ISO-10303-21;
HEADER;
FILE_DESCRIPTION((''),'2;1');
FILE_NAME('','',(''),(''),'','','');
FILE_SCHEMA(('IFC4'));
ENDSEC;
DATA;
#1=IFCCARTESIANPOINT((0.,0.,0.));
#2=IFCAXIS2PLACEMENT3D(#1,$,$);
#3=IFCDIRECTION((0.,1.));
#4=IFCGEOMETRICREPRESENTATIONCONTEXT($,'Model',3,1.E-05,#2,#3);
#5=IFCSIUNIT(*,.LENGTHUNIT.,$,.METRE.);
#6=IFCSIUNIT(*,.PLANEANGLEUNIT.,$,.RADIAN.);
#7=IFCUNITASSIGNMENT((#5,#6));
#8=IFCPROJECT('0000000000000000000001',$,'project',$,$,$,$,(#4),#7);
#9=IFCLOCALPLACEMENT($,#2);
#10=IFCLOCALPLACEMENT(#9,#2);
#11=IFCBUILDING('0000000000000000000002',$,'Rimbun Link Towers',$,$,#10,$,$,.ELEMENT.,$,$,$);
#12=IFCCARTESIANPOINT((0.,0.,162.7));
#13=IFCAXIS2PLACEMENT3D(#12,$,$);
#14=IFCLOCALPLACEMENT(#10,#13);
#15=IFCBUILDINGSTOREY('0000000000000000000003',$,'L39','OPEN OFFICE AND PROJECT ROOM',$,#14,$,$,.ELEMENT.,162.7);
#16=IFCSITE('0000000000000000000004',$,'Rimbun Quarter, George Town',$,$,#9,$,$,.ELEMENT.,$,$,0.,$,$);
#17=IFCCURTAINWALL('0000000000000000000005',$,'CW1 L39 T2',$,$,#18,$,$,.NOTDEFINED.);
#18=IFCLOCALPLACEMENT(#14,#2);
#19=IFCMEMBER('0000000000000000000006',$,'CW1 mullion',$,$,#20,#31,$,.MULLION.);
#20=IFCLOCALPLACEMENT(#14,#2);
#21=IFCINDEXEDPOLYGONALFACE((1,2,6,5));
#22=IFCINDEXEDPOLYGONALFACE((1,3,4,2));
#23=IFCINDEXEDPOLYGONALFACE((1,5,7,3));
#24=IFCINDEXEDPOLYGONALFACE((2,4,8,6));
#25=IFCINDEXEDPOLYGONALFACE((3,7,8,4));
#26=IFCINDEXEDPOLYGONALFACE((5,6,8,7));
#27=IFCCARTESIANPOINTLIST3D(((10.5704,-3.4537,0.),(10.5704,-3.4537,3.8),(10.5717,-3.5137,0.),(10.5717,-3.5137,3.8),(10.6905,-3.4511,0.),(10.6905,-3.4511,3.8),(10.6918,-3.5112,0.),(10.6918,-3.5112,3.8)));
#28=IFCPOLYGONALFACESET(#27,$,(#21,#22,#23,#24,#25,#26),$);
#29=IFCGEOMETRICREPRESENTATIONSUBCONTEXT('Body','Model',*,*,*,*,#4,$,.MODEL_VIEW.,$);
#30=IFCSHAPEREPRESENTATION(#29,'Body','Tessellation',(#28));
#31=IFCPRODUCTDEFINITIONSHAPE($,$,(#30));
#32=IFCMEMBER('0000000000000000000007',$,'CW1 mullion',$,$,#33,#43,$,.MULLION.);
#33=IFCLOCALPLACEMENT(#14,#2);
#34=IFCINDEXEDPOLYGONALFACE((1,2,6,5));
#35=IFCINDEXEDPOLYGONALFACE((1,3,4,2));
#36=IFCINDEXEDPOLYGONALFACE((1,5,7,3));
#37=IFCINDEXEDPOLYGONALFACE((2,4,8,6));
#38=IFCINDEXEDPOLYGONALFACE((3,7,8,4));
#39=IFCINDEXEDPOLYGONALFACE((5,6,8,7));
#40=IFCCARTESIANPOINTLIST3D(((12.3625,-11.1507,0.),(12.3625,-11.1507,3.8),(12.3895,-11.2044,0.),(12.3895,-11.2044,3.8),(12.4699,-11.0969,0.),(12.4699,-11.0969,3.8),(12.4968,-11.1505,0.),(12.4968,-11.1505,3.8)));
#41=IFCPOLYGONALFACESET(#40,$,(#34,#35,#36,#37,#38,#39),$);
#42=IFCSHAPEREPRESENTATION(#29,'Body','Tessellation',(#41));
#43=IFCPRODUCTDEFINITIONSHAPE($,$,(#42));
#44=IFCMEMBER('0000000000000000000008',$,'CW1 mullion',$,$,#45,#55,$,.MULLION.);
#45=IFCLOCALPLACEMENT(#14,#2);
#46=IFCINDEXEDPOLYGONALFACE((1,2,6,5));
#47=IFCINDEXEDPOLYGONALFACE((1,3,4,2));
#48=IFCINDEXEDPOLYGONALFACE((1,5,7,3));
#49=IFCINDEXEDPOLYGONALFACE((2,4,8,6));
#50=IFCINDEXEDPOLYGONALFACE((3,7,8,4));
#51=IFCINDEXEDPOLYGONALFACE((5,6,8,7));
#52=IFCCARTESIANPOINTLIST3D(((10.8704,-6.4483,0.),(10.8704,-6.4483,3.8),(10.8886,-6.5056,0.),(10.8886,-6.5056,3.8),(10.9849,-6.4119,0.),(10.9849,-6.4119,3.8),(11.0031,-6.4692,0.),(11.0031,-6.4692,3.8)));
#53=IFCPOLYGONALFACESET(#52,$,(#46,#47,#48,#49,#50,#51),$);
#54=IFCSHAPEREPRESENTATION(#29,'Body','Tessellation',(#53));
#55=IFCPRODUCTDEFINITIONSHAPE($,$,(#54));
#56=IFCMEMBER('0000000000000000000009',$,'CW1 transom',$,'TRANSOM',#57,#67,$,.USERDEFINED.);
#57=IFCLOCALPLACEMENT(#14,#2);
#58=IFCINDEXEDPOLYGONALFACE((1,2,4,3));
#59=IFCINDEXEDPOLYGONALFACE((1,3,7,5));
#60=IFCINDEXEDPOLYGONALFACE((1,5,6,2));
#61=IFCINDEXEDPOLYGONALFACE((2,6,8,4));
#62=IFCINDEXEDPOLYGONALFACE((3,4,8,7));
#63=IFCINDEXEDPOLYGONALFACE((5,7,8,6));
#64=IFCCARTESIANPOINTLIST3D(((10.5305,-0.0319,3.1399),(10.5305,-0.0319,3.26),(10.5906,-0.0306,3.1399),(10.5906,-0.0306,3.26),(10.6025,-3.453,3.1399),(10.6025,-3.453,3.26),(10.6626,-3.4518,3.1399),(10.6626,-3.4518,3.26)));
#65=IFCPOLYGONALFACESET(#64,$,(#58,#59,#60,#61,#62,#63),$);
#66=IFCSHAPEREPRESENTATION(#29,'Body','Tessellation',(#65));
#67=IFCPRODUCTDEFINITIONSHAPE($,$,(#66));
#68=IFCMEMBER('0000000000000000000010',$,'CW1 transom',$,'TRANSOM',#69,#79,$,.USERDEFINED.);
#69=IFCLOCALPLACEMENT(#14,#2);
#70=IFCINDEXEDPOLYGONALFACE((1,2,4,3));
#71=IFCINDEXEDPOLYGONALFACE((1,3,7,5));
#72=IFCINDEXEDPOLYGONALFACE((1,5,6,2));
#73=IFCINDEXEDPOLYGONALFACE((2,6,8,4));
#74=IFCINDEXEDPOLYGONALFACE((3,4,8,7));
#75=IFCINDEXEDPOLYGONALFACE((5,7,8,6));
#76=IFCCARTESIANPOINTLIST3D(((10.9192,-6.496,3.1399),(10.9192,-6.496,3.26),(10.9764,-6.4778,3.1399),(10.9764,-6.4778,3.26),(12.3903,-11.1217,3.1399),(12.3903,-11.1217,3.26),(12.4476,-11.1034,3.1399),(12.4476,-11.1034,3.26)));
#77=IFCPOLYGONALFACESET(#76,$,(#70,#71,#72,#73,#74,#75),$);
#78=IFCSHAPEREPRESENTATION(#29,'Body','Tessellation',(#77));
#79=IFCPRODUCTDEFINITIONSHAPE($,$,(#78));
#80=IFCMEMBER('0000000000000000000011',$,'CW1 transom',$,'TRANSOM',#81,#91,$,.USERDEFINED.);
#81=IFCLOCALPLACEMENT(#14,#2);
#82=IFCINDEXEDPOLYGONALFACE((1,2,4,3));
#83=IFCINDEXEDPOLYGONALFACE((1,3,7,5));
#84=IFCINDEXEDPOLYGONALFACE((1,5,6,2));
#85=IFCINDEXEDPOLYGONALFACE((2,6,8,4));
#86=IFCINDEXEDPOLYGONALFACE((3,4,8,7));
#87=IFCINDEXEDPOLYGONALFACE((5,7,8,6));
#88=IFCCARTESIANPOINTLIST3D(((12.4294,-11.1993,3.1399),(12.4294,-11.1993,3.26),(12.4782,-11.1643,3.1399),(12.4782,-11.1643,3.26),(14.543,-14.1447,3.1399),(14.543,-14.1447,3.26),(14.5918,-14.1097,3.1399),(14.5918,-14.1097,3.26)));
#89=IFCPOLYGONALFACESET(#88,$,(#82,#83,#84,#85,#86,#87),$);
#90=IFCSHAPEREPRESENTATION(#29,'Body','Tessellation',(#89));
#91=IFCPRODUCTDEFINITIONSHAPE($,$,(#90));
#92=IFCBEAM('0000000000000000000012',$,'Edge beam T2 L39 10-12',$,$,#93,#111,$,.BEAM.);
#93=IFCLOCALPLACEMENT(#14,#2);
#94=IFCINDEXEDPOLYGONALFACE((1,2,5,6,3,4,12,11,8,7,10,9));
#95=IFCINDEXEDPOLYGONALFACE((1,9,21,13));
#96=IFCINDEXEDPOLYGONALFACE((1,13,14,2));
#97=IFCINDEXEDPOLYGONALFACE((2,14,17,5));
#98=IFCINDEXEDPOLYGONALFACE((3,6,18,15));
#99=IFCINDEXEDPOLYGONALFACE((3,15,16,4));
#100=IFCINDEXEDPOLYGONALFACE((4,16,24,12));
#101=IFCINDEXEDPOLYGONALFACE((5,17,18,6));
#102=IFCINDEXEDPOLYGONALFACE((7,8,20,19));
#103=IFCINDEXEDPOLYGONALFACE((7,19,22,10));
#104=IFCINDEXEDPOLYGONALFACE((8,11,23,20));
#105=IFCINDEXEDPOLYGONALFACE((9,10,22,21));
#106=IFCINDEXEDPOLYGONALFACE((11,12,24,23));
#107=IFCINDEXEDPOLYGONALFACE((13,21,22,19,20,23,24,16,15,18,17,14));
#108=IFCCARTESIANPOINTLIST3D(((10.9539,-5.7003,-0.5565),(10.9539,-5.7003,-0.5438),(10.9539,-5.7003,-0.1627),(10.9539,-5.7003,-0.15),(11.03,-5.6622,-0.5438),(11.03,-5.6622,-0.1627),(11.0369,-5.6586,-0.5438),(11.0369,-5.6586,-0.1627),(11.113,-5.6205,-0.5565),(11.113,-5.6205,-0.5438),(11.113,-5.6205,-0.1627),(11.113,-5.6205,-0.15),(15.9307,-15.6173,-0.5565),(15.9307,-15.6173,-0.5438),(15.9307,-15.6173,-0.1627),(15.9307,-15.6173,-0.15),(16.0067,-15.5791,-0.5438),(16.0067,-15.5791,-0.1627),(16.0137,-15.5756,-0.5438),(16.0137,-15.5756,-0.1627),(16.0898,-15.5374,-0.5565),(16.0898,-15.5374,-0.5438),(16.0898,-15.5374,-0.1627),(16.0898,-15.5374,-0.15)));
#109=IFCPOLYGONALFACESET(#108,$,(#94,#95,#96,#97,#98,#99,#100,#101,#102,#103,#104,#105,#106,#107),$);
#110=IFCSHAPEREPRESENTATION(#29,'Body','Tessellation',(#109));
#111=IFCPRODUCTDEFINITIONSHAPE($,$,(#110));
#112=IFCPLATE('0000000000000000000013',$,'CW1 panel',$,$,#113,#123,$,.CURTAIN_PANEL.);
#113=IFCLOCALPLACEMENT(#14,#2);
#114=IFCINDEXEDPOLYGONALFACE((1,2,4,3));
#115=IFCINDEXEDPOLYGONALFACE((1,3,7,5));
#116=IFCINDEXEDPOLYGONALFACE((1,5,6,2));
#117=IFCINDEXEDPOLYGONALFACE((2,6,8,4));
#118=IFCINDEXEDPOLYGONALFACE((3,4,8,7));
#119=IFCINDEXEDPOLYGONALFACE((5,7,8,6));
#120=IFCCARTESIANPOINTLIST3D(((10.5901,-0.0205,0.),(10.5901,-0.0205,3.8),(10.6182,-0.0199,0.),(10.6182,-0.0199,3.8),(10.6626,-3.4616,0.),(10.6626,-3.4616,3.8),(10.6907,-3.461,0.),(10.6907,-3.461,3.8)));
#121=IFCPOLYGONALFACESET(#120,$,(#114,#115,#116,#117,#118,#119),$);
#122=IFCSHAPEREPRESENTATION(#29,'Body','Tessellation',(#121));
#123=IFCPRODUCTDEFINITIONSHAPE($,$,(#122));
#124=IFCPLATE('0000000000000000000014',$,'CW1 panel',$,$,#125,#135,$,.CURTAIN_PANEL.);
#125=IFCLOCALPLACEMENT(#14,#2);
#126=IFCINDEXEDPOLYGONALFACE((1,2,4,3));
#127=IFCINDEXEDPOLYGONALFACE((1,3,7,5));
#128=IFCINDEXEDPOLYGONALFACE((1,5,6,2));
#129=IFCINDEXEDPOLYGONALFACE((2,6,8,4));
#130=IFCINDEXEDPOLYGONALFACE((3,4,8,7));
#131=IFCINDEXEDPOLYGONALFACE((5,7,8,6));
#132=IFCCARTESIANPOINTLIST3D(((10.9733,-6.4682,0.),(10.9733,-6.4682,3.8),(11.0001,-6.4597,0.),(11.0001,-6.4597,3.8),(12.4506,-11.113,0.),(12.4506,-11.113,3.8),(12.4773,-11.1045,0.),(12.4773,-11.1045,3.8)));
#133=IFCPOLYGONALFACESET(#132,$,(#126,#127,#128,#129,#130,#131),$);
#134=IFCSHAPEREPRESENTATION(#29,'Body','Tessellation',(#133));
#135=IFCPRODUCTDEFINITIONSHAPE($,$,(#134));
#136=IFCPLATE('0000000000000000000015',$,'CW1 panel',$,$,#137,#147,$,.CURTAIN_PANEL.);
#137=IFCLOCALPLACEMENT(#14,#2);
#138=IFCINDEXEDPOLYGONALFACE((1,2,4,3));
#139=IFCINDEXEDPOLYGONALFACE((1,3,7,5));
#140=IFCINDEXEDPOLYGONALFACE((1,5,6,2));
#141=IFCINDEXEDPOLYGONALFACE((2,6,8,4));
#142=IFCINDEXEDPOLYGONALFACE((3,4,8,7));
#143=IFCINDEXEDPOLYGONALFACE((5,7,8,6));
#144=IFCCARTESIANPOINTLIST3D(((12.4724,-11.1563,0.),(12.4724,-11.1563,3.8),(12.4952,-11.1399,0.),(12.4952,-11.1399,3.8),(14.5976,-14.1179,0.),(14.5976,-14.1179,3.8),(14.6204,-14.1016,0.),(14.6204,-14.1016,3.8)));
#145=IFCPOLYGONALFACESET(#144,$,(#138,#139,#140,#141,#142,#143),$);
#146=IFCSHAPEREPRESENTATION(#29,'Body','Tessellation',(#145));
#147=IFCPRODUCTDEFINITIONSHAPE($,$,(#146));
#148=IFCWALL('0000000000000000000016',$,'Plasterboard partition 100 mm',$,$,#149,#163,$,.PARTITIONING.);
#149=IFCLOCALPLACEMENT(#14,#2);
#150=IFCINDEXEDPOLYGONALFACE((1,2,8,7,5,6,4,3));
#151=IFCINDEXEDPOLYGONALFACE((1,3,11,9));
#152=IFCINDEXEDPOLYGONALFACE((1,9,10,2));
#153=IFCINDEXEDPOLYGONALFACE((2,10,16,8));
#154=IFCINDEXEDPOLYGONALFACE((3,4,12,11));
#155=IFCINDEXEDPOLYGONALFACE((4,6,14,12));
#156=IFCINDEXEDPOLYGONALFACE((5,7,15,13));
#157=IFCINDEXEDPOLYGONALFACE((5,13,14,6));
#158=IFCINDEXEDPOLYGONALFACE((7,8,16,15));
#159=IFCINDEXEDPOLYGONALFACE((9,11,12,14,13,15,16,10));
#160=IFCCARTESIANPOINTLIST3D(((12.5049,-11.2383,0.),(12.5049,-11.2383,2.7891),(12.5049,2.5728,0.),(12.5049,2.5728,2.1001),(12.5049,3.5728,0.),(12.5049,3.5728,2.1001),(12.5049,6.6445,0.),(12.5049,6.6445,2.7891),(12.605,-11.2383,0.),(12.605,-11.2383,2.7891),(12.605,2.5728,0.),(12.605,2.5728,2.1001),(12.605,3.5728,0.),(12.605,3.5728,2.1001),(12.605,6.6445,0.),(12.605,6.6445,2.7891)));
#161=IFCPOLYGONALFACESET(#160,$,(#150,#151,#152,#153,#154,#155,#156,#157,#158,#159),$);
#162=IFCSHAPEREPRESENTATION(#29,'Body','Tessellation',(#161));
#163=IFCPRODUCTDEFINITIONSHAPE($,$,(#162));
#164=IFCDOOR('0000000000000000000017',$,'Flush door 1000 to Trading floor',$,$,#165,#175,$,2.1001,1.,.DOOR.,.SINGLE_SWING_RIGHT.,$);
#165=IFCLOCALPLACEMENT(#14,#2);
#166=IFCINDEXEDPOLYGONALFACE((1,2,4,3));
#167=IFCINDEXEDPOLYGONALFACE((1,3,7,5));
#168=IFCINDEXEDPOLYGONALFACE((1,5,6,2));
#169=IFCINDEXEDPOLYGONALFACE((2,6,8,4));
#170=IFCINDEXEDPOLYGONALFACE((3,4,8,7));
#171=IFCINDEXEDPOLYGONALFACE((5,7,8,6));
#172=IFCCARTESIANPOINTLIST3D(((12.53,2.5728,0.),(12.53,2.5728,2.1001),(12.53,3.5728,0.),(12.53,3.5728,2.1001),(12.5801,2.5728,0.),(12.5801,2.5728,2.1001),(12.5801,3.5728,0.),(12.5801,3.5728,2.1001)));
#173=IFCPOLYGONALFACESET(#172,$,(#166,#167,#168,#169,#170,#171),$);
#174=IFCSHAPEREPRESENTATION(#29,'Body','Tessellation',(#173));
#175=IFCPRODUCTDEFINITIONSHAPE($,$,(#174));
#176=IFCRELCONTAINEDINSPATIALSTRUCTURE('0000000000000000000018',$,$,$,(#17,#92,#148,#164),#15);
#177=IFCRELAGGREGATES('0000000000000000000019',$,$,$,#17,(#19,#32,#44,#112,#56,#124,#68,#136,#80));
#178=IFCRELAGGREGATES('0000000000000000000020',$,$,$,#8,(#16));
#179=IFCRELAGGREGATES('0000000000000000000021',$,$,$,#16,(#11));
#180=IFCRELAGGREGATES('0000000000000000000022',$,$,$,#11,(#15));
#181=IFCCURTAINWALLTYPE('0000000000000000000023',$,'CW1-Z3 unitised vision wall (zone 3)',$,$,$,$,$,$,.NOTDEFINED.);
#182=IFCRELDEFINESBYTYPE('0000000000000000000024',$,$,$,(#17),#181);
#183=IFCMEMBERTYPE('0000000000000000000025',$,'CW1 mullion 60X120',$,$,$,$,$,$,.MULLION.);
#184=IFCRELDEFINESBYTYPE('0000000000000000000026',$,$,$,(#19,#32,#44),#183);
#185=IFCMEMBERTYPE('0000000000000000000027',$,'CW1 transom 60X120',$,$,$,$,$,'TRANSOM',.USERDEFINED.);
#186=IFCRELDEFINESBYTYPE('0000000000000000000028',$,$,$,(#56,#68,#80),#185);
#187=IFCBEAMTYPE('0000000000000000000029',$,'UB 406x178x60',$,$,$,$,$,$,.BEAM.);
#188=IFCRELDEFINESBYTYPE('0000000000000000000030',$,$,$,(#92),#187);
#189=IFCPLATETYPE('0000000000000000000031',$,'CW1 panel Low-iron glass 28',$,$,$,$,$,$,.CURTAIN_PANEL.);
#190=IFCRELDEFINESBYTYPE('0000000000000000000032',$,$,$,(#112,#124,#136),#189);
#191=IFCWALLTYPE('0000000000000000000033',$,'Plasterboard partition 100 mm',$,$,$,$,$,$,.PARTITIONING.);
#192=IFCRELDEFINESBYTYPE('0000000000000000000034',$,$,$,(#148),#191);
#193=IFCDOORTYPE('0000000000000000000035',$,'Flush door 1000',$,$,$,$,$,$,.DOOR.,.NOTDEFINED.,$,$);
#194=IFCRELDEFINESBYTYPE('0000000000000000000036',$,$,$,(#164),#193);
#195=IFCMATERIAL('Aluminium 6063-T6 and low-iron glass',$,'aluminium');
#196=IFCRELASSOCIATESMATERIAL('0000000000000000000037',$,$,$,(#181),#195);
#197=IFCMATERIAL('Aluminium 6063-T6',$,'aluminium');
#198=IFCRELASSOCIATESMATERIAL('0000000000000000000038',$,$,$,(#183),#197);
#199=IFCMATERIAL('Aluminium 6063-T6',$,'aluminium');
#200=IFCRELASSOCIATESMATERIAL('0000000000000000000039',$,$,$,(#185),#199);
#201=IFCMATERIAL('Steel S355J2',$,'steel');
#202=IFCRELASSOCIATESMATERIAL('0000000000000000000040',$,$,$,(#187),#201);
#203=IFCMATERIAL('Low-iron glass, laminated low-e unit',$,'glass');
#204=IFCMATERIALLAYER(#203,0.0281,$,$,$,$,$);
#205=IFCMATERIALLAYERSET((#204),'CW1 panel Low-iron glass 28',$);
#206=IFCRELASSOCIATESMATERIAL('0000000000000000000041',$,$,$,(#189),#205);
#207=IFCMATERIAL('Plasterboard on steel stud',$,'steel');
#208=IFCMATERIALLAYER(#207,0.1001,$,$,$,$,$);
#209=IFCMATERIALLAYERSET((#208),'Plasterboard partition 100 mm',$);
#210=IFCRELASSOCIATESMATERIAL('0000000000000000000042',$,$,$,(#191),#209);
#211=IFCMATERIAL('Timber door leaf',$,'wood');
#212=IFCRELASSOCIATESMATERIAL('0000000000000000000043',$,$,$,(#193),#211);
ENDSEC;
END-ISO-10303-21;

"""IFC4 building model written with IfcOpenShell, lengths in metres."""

from ifc_helpers import new_model, si_unit, direction, frame, frame_2d, origin, origin_2d, place, context, subcontext, project, spatial, rectangle, i_section, extrude, material, layer, layer_set, material_profile, profile_set, type_object, element, fill, aggregate, save


model = new_model("IFC4")

# Units and contexts
model_context = context("Model", 3, precision=1e-05, world=origin(), true_north=direction((0.0, 1.0)))
body_context = subcontext(model_context, "Body", "Model", "MODEL_VIEW")
ifc_project = project(units=[si_unit("LENGTHUNIT", "METRE"), si_unit("PLANEANGLEUNIT", "RADIAN")], contexts=[model_context])

# Site, building, storey
site_placement = place(None, origin())
site = spatial("IfcSite", under=ifc_project, at=site_placement, Name="Rimbun Quarter, George Town", CompositionType="ELEMENT", RefElevation=0.0)
building_placement = place(site_placement, origin())
building = spatial("IfcBuilding", under=site, at=building_placement, Name="Rimbun Link Towers", CompositionType="ELEMENT")
storey_placement = place(building_placement, frame((0.0, 0.0, 162.7)))
storey = spatial("IfcBuildingStorey", under=building, at=storey_placement, Name="L39", Description="OPEN OFFICE AND PROJECT ROOM", CompositionType="ELEMENT", Elevation=162.7)

# Curtain wall, members
ifc_material_1 = material(Name="Aluminium 6063-T6 and low-iron glass", Category="aluminium")
curtain_wall_type = type_object("IfcCurtainWallType", Name="CW1-Z3 unitised vision wall (zone 3)", PredefinedType="NOTDEFINED", material=ifc_material_1)
curtain_wall_placement = place(storey_placement, origin())
curtain_wall = element("IfcCurtainWall", 1, at=curtain_wall_placement, inside=storey, type_object=curtain_wall_type, Name="CW1 L39 T2", PredefinedType="NOTDEFINED")
ifc_material_2 = material(Name="Aluminium 6063-T6", Category="aluminium")
ifc_material_profile_1 = material_profile(ifc_material_2, rectangle(XDim=0.1201, YDim=0.0601, at=origin_2d()), Name="MULLION 60X120")
ifc_profile_set_1 = profile_set([ifc_material_profile_1], Name="Aluminium 6063-T6")
member_type_1 = type_object("IfcMemberType", Name="CW1 mullion 60X120", PredefinedType="MULLION", material=ifc_profile_set_1)
member_1_placement = place(storey_placement, frame((10.6311, -3.4824, 0.0), z_axis=(0.0, 0.0, 1.0), x_axis=(-0.999778, -0.021059, 0.0)))
member_1 = element("IfcMember", 2, at=member_1_placement, type_object=member_type_1, Name="CW1 mullion", PredefinedType="MULLION", context=body_context, shape_type="SweptSolid", body=[
    extrude(rectangle(XDim=0.1201, YDim=0.0601, at=origin_2d()), origin(), (0.0, 0.0, 1.0), 3.8),
])
member_2_placement = place(storey_placement, frame((12.4297, -11.1506, 0.0), z_axis=(0.0, 0.0, 1.0), x_axis=(-0.893744, -0.448577, 0.0)))
member_2 = element("IfcMember", 3, at=member_2_placement, type_object=member_type_1, Name="CW1 mullion", PredefinedType="MULLION", context=body_context, shape_type="SweptSolid", body=[
    extrude(rectangle(XDim=0.1201, YDim=0.0601, at=origin_2d()), origin(), (0.0, 0.0, 1.0), 3.8),
])
member_3_placement = place(storey_placement, frame((10.9368, -6.4587, 0.0), z_axis=(0.0, 0.0, 1.0), x_axis=(-0.952965, -0.303082, 0.0)))
member_3 = element("IfcMember", 4, at=member_3_placement, type_object=member_type_1, Name="CW1 mullion", PredefinedType="MULLION", context=body_context, shape_type="SweptSolid", body=[
    extrude(rectangle(XDim=0.1201, YDim=0.0601, at=origin_2d()), origin(), (0.0, 0.0, 1.0), 3.8),
])
ifc_material_3 = material(Name="Aluminium 6063-T6", Category="aluminium")
ifc_material_profile_2 = material_profile(ifc_material_3, rectangle(XDim=0.0601, YDim=0.1201, at=origin_2d()), Name="TRANSOM 60X120")
ifc_profile_set_2 = profile_set([ifc_material_profile_2], Name="Aluminium 6063-T6")
member_type_2 = type_object("IfcMemberType", Name="CW1 transom 60X120", ElementType="TRANSOM", PredefinedType="USERDEFINED", material=ifc_profile_set_2)
member_4_placement = place(storey_placement, frame((10.6326, -3.4524, 3.2), z_axis=(-0.021047, 0.999778, 0.0), x_axis=(-0.999778, -0.021047, 0.0)))
member_4 = element("IfcMember", 5, at=member_4_placement, type_object=member_type_2, Name="CW1 transom", ObjectType="TRANSOM", PredefinedType="USERDEFINED", context=body_context, shape_type="SweptSolid", body=[
    extrude(rectangle(XDim=0.0601, YDim=0.1201, at=origin_2d()), origin(), (0.0, 0.0, 1.0), 3.4219),
])
member_5_placement = place(storey_placement, frame((12.4189, -11.1125, 3.2), z_axis=(-0.303085, 0.952963, 0.0), x_axis=(-0.952963, -0.303085, 0.0)))
member_5 = element("IfcMember", 6, at=member_5_placement, type_object=member_type_2, Name="CW1 transom", ObjectType="TRANSOM", PredefinedType="USERDEFINED", context=body_context, shape_type="SweptSolid", body=[
    extrude(rectangle(XDim=0.0601, YDim=0.1201, at=origin_2d()), origin(), (0.0, 0.0, 1.0), 4.854),
])
member_6_placement = place(storey_placement, frame((14.5674, -14.1272, 3.2), z_axis=(-0.583014, 0.812462, 0.0), x_axis=(-0.812462, -0.583014, 0.0)))
member_6 = element("IfcMember", 7, at=member_6_placement, type_object=member_type_2, Name="CW1 transom", ObjectType="TRANSOM", PredefinedType="USERDEFINED", context=body_context, shape_type="SweptSolid", body=[
    extrude(rectangle(XDim=0.0601, YDim=0.1201, at=origin_2d()), origin(), (0.0, 0.0, 1.0), 3.6252),
])

# Beam
ifc_material_4 = material(Name="Steel S355J2", Category="steel")
ifc_material_profile_3 = material_profile(ifc_material_4, i_section(OverallWidth=0.178, OverallDepth=0.4065, WebThickness=0.0078, FlangeThickness=0.0127, at=origin_2d()), Name="UB 406x178x60")
ifc_profile_set_3 = profile_set([ifc_material_profile_3], Name="Steel S355J2")
beam_type = type_object("IfcBeamType", Name="UB 406x178x60", PredefinedType="BEAM", material=ifc_profile_set_3)
beam_placement = place(storey_placement, frame((11.0334, -5.6604, -0.3533), z_axis=(0.448533, -0.893766, 0.0), x_axis=(0.893766, 0.448533, 0.0)))
element("IfcBeam", 8, at=beam_placement, inside=storey, type_object=beam_type, Name="Edge beam T2 L39 10-12", PredefinedType="BEAM", context=body_context, shape_type="SweptSolid", body=[
    extrude(i_section(OverallWidth=0.178, OverallDepth=0.4065, WebThickness=0.0078, FlangeThickness=0.0127, at=origin_2d()), origin(), (0.0, 0.0, 1.0), 11.0957),
])

# Plates
ifc_material_5 = material(Name="Low-iron glass, laminated low-e unit", Category="glass")
ifc_layer_1 = layer(ifc_material_5, 0.0281)
ifc_layer_set_1 = layer_set([ifc_layer_1], Name="CW1 panel Low-iron glass 28")
plate_type = type_object("IfcPlateType", Name="CW1 panel Low-iron glass 28", PredefinedType="CURTAIN_PANEL", material=ifc_layer_set_1)
plate_1_placement = place(storey_placement, frame((10.6404, -1.7407, 0.0), z_axis=(0.0, 0.0, 1.0), x_axis=(-0.021059, 0.999778, 0.0)))
plate_1 = element("IfcPlate", 9, at=plate_1_placement, type_object=plate_type, Name="CW1 panel", PredefinedType="CURTAIN_PANEL", context=body_context, shape_type="SweptSolid", body=[
    extrude(rectangle(XDim=3.4419, YDim=0.0281, at=origin_2d()), origin(), (0.0, 0.0, 1.0), 3.8),
])
plate_2_placement = place(storey_placement, frame((11.7253, -8.7864, 0.0), z_axis=(0.0, 0.0, 1.0), x_axis=(-0.303082, 0.952965, 0.0)))
plate_2 = element("IfcPlate", 10, at=plate_2_placement, type_object=plate_type, Name="CW1 panel", PredefinedType="CURTAIN_PANEL", context=body_context, shape_type="SweptSolid", body=[
    extrude(rectangle(XDim=4.874, YDim=0.0281, at=origin_2d()), origin(), (0.0, 0.0, 1.0), 3.8),
])
plate_3_placement = place(storey_placement, frame((13.5464, -12.6289, 0.0), z_axis=(0.0, 0.0, 1.0), x_axis=(-0.583004, 0.812469, 0.0)))
plate_3 = element("IfcPlate", 11, at=plate_3_placement, type_object=plate_type, Name="CW1 panel", PredefinedType="CURTAIN_PANEL", context=body_context, shape_type="SweptSolid", body=[
    extrude(rectangle(XDim=3.6453, YDim=0.0281, at=origin_2d()), origin(), (0.0, 0.0, 1.0), 3.8),
])
aggregate(curtain_wall, [member_1, member_2, member_3, plate_1, member_4, plate_2, member_5, plate_3, member_6])

# Wall, opening, door
ifc_material_6 = material(Name="Plasterboard on steel stud", Category="steel")
ifc_layer_2 = layer(ifc_material_6, 0.1001)
ifc_layer_set_2 = layer_set([ifc_layer_2], Name="Plasterboard partition 100 mm")
wall_type = type_object("IfcWallType", Name="Plasterboard partition 100 mm", PredefinedType="PARTITIONING", material=ifc_layer_set_2)
wall_1_placement = place(storey_placement, frame((12.5549, -11.2383, 0.0), z_axis=(0.0, 0.0, 1.0), x_axis=(0.0, 1.0, 0.0)))
wall_1 = element("IfcWall", 12, at=wall_1_placement, inside=storey, type_object=wall_type, Name="Plasterboard partition 100 mm", PredefinedType="PARTITIONING", context=body_context, shape_type="SweptSolid", body=[
    extrude(rectangle(XDim=17.8828, YDim=0.1001, at=frame_2d((8.9414, 0.0))), origin(), (0.0, 0.0, 1.0), 2.7891),
])
opening_placement = place(wall_1_placement, frame((13.811, 0.0, 0.0)))
opening = element("IfcOpeningElement", 13, at=opening_placement, cuts=wall_1, PredefinedType="OPENING", context=body_context, shape_type="SweptSolid", body=[
    extrude(rectangle(XDim=1.0, YDim=2.1001, at=frame_2d((0.5, 1.05))), frame((0.0, 0.0601, 0.0), z_axis=(0.0, -1.0, 0.0), x_axis=(1.0, 0.0, 0.0)), (0.0, 0.0, 1.0), 0.1201),
])
ifc_material_7 = material(Name="Timber door leaf", Category="wood")
door_type = type_object("IfcDoorType", Name="Flush door 1000", OperationType="NOTDEFINED", PredefinedType="DOOR", material=ifc_material_7)
door_placement = place(opening_placement, origin())
door = element("IfcDoor", 14, at=door_placement, inside=storey, type_object=door_type, Name="Flush door 1000 to Trading floor", OperationType="SINGLE_SWING_RIGHT", OverallHeight=2.1001, OverallWidth=1.0, PredefinedType="DOOR", context=body_context, shape_type="SweptSolid", body=[
    extrude(rectangle(XDim=1.0, YDim=2.1001, at=frame_2d((0.5, 1.05))), frame((0.0, 0.0249, 0.0), z_axis=(0.0, -1.0, 0.0), x_axis=(1.0, 0.0, 0.0)), (0.0, 0.0, 1.0), 0.05),
])
fill(opening, door)

save(model, "model.ifc")
